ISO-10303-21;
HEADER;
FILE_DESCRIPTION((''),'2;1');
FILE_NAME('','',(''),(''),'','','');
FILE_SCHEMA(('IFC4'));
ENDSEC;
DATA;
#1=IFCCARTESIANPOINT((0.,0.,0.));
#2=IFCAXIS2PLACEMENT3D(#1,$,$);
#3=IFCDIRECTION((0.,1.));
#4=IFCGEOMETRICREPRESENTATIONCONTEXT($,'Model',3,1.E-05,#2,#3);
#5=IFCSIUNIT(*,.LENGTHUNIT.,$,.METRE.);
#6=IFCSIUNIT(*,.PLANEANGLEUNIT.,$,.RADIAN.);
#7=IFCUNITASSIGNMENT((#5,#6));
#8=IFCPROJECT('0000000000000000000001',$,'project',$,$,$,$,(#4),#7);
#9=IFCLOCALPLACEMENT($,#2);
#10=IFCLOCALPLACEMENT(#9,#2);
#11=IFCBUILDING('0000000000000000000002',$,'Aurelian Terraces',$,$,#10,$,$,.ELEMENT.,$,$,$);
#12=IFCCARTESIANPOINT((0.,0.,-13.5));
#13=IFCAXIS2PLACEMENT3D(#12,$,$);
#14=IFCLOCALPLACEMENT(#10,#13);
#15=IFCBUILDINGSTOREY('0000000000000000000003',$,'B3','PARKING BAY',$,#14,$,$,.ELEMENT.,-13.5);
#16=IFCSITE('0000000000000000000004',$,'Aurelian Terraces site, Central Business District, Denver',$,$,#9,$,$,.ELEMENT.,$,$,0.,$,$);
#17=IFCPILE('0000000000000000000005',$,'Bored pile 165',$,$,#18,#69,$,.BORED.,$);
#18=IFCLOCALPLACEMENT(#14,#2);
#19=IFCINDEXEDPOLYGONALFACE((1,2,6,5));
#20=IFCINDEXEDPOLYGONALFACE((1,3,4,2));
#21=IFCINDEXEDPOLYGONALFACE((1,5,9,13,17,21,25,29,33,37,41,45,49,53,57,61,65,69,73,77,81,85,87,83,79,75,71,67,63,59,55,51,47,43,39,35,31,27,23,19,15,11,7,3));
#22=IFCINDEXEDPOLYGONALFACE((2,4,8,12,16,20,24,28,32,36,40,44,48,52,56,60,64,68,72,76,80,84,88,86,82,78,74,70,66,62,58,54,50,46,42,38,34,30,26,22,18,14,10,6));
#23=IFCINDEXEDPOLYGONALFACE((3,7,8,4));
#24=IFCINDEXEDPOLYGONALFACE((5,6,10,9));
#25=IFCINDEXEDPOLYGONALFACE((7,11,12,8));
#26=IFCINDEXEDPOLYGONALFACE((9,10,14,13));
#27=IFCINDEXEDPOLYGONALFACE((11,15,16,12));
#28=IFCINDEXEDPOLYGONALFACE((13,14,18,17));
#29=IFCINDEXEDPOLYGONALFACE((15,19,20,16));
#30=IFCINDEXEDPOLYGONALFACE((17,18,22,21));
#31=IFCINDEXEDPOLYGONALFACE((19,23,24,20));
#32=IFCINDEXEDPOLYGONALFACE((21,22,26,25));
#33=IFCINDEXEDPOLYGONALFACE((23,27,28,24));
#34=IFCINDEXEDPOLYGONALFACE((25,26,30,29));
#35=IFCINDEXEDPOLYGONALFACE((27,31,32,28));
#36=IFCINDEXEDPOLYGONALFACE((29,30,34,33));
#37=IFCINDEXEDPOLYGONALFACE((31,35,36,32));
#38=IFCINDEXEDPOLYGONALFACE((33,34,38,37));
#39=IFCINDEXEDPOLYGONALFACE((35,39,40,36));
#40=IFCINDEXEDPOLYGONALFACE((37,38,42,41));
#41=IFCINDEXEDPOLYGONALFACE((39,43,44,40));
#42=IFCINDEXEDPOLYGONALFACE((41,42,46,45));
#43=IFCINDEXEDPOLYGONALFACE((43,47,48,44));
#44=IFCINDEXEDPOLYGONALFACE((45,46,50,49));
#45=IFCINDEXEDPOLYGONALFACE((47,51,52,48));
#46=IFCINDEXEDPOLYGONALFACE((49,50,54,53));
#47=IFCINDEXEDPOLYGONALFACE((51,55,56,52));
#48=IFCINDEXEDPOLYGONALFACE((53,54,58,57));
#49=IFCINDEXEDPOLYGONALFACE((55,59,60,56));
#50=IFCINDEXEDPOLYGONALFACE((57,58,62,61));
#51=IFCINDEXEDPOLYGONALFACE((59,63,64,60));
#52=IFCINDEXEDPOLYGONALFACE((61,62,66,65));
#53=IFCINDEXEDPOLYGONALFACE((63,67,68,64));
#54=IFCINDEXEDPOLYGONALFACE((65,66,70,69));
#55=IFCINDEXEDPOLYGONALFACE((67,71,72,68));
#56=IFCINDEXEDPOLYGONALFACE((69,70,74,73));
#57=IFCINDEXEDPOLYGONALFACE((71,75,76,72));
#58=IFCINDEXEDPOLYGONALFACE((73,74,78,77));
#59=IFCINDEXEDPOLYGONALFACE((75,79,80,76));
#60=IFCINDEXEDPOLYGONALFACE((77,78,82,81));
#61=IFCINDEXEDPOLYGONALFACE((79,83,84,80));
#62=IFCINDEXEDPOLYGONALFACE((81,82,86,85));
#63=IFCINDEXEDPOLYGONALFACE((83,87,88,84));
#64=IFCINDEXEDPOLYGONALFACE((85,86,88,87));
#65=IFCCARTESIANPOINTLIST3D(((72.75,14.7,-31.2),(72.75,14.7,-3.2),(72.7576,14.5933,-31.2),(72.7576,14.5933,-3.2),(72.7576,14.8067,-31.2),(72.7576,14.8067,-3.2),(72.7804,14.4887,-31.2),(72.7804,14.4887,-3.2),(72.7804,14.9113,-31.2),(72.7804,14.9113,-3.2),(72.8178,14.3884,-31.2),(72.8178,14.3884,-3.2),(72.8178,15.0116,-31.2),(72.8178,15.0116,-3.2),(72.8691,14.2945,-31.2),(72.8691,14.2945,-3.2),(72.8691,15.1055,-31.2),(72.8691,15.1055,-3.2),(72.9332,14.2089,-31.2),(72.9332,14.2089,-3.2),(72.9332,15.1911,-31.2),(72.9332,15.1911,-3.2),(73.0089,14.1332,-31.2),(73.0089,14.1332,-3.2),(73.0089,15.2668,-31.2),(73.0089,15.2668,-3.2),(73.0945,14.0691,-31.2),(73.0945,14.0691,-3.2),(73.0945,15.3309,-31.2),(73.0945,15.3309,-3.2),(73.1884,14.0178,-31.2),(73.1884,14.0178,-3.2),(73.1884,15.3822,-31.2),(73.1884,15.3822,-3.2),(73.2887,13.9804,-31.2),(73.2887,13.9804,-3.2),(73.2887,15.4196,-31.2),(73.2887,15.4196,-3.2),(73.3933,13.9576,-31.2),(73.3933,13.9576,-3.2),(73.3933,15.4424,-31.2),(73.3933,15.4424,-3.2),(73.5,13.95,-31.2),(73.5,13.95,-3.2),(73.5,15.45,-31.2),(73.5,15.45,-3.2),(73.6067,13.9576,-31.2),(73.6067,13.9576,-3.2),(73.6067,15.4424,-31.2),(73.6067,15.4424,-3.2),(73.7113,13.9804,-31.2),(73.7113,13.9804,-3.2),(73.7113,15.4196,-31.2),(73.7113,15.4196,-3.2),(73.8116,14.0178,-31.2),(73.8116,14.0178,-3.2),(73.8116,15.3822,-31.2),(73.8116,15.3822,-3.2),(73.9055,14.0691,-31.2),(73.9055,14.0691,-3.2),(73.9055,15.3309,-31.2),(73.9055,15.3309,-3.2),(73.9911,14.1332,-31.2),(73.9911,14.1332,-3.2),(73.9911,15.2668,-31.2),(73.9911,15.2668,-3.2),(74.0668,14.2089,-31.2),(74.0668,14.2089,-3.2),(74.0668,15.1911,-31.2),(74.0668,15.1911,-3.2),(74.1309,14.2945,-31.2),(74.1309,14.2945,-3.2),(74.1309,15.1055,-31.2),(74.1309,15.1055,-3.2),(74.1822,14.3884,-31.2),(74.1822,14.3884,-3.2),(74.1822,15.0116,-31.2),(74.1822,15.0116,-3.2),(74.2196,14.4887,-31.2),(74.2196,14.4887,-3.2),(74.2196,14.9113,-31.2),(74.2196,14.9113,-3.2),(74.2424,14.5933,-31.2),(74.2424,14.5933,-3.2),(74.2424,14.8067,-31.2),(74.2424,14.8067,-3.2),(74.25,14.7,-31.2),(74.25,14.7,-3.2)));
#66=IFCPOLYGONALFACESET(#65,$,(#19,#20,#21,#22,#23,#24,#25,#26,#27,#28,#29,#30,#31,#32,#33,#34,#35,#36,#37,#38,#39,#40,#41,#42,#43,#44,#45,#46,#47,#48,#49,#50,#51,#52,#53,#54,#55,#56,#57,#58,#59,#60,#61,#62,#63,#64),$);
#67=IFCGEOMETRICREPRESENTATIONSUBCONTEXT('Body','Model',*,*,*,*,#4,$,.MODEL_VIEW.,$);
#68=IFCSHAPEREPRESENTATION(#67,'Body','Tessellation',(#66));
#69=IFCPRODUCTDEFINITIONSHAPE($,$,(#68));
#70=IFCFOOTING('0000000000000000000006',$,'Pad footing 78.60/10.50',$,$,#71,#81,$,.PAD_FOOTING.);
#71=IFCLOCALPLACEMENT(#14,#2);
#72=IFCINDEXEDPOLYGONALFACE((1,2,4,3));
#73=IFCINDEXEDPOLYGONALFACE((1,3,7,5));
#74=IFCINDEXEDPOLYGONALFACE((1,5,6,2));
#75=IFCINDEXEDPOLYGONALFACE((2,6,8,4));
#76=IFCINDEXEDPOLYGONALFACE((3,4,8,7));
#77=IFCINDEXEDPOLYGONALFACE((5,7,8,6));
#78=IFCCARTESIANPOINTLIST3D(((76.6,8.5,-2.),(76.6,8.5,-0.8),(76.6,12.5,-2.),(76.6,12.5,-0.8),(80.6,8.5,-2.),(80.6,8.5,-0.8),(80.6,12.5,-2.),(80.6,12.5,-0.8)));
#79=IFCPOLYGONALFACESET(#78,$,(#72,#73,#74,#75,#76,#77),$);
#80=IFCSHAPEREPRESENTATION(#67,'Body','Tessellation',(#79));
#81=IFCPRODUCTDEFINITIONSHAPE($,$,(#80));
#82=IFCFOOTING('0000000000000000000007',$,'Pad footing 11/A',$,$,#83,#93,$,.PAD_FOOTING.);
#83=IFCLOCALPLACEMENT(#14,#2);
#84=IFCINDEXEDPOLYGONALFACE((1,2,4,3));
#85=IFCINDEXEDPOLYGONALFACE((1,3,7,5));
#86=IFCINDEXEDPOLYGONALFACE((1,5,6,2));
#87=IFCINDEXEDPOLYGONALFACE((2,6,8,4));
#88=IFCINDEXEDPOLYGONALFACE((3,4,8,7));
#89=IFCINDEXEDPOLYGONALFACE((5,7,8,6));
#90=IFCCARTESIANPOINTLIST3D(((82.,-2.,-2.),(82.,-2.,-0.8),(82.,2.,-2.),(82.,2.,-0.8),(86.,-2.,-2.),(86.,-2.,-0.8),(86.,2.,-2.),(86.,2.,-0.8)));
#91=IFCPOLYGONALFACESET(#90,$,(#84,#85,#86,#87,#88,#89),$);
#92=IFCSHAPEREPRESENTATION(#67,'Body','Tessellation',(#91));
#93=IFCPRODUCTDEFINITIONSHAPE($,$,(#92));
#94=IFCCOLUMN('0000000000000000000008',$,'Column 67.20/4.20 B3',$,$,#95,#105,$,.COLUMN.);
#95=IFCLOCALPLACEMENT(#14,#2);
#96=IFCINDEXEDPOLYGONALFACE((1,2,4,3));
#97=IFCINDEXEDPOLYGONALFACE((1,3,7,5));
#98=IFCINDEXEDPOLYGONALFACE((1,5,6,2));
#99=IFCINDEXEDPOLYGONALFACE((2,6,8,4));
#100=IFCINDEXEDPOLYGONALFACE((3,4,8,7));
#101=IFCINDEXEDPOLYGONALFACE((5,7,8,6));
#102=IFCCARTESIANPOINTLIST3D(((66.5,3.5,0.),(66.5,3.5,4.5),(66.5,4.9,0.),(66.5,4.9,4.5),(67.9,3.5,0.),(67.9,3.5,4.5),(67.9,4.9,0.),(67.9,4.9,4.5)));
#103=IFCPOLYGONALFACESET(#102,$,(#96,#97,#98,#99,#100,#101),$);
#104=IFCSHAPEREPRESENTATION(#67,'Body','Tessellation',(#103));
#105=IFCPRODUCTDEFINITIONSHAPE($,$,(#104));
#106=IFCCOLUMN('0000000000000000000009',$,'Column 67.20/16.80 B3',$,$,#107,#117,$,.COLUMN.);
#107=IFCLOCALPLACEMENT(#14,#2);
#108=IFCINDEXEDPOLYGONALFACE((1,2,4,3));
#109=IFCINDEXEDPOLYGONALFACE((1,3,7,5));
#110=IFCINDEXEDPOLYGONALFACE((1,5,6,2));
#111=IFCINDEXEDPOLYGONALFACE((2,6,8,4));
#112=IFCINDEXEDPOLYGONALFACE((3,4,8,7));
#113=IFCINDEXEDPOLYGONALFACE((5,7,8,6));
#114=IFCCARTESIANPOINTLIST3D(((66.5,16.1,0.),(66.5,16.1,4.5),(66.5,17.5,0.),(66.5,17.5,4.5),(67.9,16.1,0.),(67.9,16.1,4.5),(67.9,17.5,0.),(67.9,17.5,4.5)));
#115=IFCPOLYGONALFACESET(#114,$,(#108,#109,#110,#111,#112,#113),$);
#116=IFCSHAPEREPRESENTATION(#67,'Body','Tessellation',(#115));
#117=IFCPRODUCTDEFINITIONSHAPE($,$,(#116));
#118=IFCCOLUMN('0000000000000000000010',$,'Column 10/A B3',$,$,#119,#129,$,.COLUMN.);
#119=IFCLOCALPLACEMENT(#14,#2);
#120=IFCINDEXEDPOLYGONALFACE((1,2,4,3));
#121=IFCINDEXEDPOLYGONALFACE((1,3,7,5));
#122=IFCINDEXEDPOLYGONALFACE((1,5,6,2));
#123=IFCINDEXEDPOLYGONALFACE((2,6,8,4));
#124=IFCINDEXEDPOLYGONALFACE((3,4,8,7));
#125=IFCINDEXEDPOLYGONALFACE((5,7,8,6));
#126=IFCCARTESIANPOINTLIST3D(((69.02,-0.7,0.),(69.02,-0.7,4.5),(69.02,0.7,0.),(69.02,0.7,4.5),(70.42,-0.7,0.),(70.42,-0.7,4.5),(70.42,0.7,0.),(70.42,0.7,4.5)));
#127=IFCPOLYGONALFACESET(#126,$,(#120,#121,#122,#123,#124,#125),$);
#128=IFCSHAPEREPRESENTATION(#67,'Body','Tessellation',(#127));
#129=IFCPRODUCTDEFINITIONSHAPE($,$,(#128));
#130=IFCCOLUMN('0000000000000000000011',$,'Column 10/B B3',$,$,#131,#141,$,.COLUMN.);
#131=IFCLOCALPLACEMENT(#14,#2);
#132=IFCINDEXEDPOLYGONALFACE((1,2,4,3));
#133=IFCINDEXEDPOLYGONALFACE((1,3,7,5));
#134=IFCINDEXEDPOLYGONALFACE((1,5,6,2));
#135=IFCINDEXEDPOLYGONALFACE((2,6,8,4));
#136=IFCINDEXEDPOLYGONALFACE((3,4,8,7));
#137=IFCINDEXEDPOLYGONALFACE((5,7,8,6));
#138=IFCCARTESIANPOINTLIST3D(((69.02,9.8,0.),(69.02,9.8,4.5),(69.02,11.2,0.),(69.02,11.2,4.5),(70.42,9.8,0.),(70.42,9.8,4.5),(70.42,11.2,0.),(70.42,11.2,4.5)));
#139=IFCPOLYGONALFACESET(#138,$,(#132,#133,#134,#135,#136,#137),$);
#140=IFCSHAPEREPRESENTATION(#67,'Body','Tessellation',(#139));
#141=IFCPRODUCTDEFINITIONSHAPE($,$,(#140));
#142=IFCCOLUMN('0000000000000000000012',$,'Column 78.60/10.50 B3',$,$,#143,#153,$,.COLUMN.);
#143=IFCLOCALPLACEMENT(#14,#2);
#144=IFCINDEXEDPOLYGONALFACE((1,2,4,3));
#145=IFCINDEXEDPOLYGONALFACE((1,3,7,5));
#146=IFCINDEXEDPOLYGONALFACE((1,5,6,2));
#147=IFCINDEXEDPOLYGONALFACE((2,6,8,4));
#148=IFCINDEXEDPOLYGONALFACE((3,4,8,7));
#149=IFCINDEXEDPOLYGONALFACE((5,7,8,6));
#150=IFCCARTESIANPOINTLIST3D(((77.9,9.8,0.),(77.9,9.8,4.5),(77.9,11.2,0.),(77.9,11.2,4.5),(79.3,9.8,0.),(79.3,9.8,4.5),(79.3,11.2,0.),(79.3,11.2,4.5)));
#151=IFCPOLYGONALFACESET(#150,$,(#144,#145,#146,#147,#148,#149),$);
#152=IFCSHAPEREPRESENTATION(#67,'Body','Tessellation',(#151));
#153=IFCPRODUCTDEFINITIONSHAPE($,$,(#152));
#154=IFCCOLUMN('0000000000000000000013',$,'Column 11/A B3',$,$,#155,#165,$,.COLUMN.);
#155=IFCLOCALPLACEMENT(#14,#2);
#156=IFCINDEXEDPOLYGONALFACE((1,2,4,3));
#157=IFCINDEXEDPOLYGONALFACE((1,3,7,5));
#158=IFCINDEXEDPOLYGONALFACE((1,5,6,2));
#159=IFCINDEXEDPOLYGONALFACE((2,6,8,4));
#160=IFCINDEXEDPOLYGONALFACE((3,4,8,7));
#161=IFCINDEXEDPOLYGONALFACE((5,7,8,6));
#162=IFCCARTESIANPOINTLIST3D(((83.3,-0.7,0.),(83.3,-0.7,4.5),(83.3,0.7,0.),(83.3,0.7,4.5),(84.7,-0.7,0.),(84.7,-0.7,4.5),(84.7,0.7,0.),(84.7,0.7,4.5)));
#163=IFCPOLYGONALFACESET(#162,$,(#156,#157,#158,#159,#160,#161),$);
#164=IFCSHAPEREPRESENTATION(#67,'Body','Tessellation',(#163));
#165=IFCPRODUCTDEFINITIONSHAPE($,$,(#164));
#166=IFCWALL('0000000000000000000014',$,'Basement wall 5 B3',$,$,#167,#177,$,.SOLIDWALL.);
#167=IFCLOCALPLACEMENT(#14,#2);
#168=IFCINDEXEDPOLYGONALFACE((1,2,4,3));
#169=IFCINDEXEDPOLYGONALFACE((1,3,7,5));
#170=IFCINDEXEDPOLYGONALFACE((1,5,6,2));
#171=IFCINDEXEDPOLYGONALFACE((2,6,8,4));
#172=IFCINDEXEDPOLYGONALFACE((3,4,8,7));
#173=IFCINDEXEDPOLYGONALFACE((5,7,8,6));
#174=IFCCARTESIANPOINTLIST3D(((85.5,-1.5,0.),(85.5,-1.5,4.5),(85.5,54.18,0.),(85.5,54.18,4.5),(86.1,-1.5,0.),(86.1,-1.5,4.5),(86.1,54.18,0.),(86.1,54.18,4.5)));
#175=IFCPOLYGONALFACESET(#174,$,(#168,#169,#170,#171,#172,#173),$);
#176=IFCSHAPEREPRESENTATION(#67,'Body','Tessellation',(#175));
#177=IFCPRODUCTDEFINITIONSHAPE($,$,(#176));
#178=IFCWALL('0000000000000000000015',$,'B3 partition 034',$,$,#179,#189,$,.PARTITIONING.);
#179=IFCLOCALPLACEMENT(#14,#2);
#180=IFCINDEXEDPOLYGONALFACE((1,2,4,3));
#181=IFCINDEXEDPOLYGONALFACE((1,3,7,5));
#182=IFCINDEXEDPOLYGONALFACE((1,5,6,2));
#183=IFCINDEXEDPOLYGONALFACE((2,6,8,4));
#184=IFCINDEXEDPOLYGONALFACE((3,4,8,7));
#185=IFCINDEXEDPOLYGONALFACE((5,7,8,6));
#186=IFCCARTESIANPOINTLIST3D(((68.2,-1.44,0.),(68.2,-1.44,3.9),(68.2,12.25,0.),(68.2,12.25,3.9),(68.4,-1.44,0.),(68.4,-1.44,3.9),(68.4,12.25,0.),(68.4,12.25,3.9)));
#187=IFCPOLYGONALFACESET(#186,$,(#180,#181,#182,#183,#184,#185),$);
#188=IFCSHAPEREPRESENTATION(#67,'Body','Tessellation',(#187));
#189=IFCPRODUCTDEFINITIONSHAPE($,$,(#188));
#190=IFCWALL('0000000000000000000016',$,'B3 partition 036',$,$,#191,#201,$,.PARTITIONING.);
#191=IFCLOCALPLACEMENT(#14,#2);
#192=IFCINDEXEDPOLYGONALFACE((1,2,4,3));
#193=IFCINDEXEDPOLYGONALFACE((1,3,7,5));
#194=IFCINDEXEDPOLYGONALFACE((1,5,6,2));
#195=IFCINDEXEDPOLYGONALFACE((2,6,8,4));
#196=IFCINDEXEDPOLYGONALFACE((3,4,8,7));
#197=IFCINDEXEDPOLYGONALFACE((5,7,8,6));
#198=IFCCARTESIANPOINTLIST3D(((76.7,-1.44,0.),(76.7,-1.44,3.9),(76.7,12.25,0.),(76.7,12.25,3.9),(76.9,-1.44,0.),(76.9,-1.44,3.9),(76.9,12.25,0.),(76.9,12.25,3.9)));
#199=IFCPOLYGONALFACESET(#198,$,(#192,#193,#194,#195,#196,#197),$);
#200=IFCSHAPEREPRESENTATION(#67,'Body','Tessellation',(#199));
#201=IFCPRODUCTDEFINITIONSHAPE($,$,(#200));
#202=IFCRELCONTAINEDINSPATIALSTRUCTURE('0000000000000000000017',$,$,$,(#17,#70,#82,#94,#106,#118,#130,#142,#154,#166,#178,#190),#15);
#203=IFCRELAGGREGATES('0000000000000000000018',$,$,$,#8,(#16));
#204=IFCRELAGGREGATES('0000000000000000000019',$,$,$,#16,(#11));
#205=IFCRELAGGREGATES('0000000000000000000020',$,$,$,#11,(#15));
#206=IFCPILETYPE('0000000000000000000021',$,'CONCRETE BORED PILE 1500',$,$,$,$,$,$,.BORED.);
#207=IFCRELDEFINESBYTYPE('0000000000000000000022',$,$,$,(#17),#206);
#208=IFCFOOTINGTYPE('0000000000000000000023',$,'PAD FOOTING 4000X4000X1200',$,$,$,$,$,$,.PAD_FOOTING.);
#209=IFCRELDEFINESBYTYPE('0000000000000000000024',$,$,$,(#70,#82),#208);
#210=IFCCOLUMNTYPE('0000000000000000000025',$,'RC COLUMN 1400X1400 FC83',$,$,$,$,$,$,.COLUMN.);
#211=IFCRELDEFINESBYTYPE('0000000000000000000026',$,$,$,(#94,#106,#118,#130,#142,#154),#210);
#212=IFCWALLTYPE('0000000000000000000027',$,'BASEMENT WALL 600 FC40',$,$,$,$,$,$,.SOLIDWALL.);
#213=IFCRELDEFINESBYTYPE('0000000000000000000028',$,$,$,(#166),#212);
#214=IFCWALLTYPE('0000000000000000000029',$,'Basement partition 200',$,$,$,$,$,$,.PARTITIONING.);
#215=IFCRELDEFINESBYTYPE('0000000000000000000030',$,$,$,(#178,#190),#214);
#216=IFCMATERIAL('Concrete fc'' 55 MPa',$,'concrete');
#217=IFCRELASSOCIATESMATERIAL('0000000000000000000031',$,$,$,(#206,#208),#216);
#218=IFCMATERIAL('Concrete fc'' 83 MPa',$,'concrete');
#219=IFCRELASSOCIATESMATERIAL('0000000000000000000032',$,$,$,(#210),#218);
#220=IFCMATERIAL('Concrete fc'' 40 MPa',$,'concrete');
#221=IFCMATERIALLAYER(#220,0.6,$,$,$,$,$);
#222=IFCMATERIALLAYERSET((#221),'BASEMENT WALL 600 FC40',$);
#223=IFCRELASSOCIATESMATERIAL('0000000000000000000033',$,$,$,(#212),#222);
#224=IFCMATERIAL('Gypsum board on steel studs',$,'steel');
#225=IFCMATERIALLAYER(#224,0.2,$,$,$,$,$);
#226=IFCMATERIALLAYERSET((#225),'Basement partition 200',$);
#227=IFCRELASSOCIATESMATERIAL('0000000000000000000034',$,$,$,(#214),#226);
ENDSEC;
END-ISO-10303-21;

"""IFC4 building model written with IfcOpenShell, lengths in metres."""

from ifc_helpers import new_model, si_unit, direction, frame, frame_2d, origin, origin_2d, place, context, subcontext, project, spatial, rectangle, circle, extrude, source, transform, mapped, material, layer, layer_set, material_profile, profile_set, type_object, element, save


model = new_model("IFC4")

# Units and contexts
model_context = context("Model", 3, precision=1e-05, world=origin(), true_north=direction((0.0, 1.0)))
body_context = subcontext(model_context, "Body", "Model", "MODEL_VIEW")
ifc_project = project(units=[si_unit("LENGTHUNIT", "METRE"), si_unit("PLANEANGLEUNIT", "RADIAN")], contexts=[model_context])

# Site, building, storey
site_placement = place(None, origin())
site = spatial("IfcSite", under=ifc_project, at=site_placement, Name="Aurelian Terraces site, Central Business District, Denver", CompositionType="ELEMENT", RefElevation=0.0)
building_placement = place(site_placement, origin())
building = spatial("IfcBuilding", under=site, at=building_placement, Name="Aurelian Terraces", CompositionType="ELEMENT")
storey_placement = place(building_placement, frame((0.0, 0.0, -13.5)))
storey = spatial("IfcBuildingStorey", under=building, at=storey_placement, Name="B3", Description="PARKING BAY", CompositionType="ELEMENT", Elevation=-13.5)

# Pile
ifc_material_1 = material(Name="Concrete fc' 55 MPa", Category="concrete")
ifc_material_profile_1 = material_profile(ifc_material_1, circle(Radius=0.75, at=origin_2d()))
ifc_profile_set_1 = profile_set([ifc_material_profile_1], Name="Concrete fc' 55 MPa")
pile_type = type_object("IfcPileType", Name="CONCRETE BORED PILE 1500", PredefinedType="BORED", material=ifc_profile_set_1)
shared_shape_1 = source(origin(), body_context, "Body", "SweptSolid", [
    extrude(circle(Radius=0.75, at=origin_2d()), origin(), (0.0, 0.0, 1.0), 28.0),
])
for number, where, z_axis, x_axis, name in (
    (1, (73.5, 14.7, -3.2), (0.0, 0.0, -1.0), (1.0, 0.0, 0.0), "Bored pile 165"),
):
    element("IfcPile", number, at=place(storey_placement, frame(where, z_axis=z_axis, x_axis=x_axis)), inside=storey, type_object=pile_type, Name=name, PredefinedType="BORED", context=body_context, shape_type="MappedRepresentation", body=[
        mapped(shared_shape_1, transform((0.0, 0.0, 0.0), scale=1.0)),
    ])

# Footings
footing_type = type_object("IfcFootingType", Name="PAD FOOTING 4000X4000X1200", PredefinedType="PAD_FOOTING", material=ifc_material_1)
shared_shape_2 = source(origin(), body_context, "Body", "SweptSolid", [
    extrude(rectangle(XDim=4.0, YDim=4.0, at=origin_2d()), origin(), (0.0, 0.0, 1.0), 1.2),
])
for number, where, z_axis, x_axis, name in (
    (2, (78.6, 10.5, -2.0), (0.0, 0.0, 1.0), (1.0, 0.0, 0.0), "Pad footing 78.60/10.50"),
    (3, (84.0, 0.0, -2.0), (0.0, 0.0, 1.0), (1.0, 0.0, 0.0), "Pad footing 11/A"),
):
    element("IfcFooting", number, at=place(storey_placement, frame(where, z_axis=z_axis, x_axis=x_axis)), inside=storey, type_object=footing_type, Name=name, PredefinedType="PAD_FOOTING", context=body_context, shape_type="MappedRepresentation", body=[
        mapped(shared_shape_2, transform((0.0, 0.0, 0.0), scale=1.0)),
    ])

# Columns
ifc_material_2 = material(Name="Concrete fc' 83 MPa", Category="concrete")
ifc_material_profile_2 = material_profile(ifc_material_2, rectangle(XDim=1.4, YDim=1.4, at=origin_2d()))
ifc_profile_set_2 = profile_set([ifc_material_profile_2], Name="Concrete fc' 83 MPa")
column_type = type_object("IfcColumnType", Name="RC COLUMN 1400X1400 FC83", PredefinedType="COLUMN", material=ifc_profile_set_2)
shared_shape_3 = source(origin(), body_context, "Body", "SweptSolid", [
    extrude(rectangle(XDim=1.4, YDim=1.4, at=origin_2d()), origin(), (0.0, 0.0, 1.0), 4.5),
])
for number, where, z_axis, x_axis, name in (
    (4, (67.2, 4.2, 0.0), (0.0, 0.0, 1.0), (1.0, 0.0, 0.0), "Column 67.20/4.20 B3"),
    (5, (67.2, 16.8, 0.0), (0.0, 0.0, 1.0), (1.0, 0.0, 0.0), "Column 67.20/16.80 B3"),
    (6, (69.72, 0.0, 0.0), (0.0, 0.0, 1.0), (1.0, 0.0, 0.0), "Column 10/A B3"),
    (7, (69.72, 10.5, 0.0), (0.0, 0.0, 1.0), (1.0, 0.0, 0.0), "Column 10/B B3"),
    (8, (78.6, 10.5, 0.0), (0.0, 0.0, 1.0), (1.0, 0.0, 0.0), "Column 78.60/10.50 B3"),
    (9, (84.0, 0.0, 0.0), (0.0, 0.0, 1.0), (1.0, 0.0, 0.0), "Column 11/A B3"),
):
    element("IfcColumn", number, at=place(storey_placement, frame(where, z_axis=z_axis, x_axis=x_axis)), inside=storey, type_object=column_type, Name=name, PredefinedType="COLUMN", context=body_context, shape_type="MappedRepresentation", body=[
        mapped(shared_shape_3, transform((0.0, 0.0, 0.0), scale=1.0)),
    ])

# Walls
ifc_material_3 = material(Name="Concrete fc' 40 MPa", Category="concrete")
ifc_layer_1 = layer(ifc_material_3, 0.6)
ifc_layer_set_1 = layer_set([ifc_layer_1], Name="BASEMENT WALL 600 FC40")
wall_type_1 = type_object("IfcWallType", Name="BASEMENT WALL 600 FC40", PredefinedType="SOLIDWALL", material=ifc_layer_set_1)
shared_shape_4 = source(origin(), body_context, "Body", "SweptSolid", [
    extrude(rectangle(XDim=55.68, YDim=0.6, at=frame_2d((27.84, 0.0))), origin(), (0.0, 0.0, 1.0), 4.5),
])
wall_placement = place(storey_placement, frame((85.8, -1.5, 0.0), z_axis=(0.0, 0.0, 1.0), x_axis=(0.0, 1.0, 0.0)))
element("IfcWall", 10, at=wall_placement, inside=storey, type_object=wall_type_1, Name="Basement wall 5 B3", PredefinedType="SOLIDWALL", context=body_context, shape_type="MappedRepresentation", body=[
    mapped(shared_shape_4, transform((0.0, 0.0, 0.0), scale=1.0)),
])
ifc_material_4 = material(Name="Gypsum board on steel studs", Category="steel")
ifc_layer_2 = layer(ifc_material_4, 0.2)
ifc_layer_set_2 = layer_set([ifc_layer_2], Name="Basement partition 200")
wall_type_2 = type_object("IfcWallType", Name="Basement partition 200", PredefinedType="PARTITIONING", material=ifc_layer_set_2)
shared_shape_5 = source(origin(), body_context, "Body", "SweptSolid", [
    extrude(rectangle(XDim=13.69, YDim=0.2, at=frame_2d((6.845, 0.0))), origin(), (0.0, 0.0, 1.0), 3.9),
])
for number, where, z_axis, x_axis, name in (
    (11, (68.3, -1.44, 0.0), (0.0, 0.0, 1.0), (0.0, 1.0, 0.0), "B3 partition 034"),
    (12, (76.8, -1.44, 0.0), (0.0, 0.0, 1.0), (0.0, 1.0, 0.0), "B3 partition 036"),
):
    element("IfcWall", number, at=place(storey_placement, frame(where, z_axis=z_axis, x_axis=x_axis)), inside=storey, type_object=wall_type_2, Name=name, PredefinedType="PARTITIONING", context=body_context, shape_type="MappedRepresentation", body=[
        mapped(shared_shape_5, transform((0.0, 0.0, 0.0), scale=1.0)),
    ])

save(model, "model.ifc")
